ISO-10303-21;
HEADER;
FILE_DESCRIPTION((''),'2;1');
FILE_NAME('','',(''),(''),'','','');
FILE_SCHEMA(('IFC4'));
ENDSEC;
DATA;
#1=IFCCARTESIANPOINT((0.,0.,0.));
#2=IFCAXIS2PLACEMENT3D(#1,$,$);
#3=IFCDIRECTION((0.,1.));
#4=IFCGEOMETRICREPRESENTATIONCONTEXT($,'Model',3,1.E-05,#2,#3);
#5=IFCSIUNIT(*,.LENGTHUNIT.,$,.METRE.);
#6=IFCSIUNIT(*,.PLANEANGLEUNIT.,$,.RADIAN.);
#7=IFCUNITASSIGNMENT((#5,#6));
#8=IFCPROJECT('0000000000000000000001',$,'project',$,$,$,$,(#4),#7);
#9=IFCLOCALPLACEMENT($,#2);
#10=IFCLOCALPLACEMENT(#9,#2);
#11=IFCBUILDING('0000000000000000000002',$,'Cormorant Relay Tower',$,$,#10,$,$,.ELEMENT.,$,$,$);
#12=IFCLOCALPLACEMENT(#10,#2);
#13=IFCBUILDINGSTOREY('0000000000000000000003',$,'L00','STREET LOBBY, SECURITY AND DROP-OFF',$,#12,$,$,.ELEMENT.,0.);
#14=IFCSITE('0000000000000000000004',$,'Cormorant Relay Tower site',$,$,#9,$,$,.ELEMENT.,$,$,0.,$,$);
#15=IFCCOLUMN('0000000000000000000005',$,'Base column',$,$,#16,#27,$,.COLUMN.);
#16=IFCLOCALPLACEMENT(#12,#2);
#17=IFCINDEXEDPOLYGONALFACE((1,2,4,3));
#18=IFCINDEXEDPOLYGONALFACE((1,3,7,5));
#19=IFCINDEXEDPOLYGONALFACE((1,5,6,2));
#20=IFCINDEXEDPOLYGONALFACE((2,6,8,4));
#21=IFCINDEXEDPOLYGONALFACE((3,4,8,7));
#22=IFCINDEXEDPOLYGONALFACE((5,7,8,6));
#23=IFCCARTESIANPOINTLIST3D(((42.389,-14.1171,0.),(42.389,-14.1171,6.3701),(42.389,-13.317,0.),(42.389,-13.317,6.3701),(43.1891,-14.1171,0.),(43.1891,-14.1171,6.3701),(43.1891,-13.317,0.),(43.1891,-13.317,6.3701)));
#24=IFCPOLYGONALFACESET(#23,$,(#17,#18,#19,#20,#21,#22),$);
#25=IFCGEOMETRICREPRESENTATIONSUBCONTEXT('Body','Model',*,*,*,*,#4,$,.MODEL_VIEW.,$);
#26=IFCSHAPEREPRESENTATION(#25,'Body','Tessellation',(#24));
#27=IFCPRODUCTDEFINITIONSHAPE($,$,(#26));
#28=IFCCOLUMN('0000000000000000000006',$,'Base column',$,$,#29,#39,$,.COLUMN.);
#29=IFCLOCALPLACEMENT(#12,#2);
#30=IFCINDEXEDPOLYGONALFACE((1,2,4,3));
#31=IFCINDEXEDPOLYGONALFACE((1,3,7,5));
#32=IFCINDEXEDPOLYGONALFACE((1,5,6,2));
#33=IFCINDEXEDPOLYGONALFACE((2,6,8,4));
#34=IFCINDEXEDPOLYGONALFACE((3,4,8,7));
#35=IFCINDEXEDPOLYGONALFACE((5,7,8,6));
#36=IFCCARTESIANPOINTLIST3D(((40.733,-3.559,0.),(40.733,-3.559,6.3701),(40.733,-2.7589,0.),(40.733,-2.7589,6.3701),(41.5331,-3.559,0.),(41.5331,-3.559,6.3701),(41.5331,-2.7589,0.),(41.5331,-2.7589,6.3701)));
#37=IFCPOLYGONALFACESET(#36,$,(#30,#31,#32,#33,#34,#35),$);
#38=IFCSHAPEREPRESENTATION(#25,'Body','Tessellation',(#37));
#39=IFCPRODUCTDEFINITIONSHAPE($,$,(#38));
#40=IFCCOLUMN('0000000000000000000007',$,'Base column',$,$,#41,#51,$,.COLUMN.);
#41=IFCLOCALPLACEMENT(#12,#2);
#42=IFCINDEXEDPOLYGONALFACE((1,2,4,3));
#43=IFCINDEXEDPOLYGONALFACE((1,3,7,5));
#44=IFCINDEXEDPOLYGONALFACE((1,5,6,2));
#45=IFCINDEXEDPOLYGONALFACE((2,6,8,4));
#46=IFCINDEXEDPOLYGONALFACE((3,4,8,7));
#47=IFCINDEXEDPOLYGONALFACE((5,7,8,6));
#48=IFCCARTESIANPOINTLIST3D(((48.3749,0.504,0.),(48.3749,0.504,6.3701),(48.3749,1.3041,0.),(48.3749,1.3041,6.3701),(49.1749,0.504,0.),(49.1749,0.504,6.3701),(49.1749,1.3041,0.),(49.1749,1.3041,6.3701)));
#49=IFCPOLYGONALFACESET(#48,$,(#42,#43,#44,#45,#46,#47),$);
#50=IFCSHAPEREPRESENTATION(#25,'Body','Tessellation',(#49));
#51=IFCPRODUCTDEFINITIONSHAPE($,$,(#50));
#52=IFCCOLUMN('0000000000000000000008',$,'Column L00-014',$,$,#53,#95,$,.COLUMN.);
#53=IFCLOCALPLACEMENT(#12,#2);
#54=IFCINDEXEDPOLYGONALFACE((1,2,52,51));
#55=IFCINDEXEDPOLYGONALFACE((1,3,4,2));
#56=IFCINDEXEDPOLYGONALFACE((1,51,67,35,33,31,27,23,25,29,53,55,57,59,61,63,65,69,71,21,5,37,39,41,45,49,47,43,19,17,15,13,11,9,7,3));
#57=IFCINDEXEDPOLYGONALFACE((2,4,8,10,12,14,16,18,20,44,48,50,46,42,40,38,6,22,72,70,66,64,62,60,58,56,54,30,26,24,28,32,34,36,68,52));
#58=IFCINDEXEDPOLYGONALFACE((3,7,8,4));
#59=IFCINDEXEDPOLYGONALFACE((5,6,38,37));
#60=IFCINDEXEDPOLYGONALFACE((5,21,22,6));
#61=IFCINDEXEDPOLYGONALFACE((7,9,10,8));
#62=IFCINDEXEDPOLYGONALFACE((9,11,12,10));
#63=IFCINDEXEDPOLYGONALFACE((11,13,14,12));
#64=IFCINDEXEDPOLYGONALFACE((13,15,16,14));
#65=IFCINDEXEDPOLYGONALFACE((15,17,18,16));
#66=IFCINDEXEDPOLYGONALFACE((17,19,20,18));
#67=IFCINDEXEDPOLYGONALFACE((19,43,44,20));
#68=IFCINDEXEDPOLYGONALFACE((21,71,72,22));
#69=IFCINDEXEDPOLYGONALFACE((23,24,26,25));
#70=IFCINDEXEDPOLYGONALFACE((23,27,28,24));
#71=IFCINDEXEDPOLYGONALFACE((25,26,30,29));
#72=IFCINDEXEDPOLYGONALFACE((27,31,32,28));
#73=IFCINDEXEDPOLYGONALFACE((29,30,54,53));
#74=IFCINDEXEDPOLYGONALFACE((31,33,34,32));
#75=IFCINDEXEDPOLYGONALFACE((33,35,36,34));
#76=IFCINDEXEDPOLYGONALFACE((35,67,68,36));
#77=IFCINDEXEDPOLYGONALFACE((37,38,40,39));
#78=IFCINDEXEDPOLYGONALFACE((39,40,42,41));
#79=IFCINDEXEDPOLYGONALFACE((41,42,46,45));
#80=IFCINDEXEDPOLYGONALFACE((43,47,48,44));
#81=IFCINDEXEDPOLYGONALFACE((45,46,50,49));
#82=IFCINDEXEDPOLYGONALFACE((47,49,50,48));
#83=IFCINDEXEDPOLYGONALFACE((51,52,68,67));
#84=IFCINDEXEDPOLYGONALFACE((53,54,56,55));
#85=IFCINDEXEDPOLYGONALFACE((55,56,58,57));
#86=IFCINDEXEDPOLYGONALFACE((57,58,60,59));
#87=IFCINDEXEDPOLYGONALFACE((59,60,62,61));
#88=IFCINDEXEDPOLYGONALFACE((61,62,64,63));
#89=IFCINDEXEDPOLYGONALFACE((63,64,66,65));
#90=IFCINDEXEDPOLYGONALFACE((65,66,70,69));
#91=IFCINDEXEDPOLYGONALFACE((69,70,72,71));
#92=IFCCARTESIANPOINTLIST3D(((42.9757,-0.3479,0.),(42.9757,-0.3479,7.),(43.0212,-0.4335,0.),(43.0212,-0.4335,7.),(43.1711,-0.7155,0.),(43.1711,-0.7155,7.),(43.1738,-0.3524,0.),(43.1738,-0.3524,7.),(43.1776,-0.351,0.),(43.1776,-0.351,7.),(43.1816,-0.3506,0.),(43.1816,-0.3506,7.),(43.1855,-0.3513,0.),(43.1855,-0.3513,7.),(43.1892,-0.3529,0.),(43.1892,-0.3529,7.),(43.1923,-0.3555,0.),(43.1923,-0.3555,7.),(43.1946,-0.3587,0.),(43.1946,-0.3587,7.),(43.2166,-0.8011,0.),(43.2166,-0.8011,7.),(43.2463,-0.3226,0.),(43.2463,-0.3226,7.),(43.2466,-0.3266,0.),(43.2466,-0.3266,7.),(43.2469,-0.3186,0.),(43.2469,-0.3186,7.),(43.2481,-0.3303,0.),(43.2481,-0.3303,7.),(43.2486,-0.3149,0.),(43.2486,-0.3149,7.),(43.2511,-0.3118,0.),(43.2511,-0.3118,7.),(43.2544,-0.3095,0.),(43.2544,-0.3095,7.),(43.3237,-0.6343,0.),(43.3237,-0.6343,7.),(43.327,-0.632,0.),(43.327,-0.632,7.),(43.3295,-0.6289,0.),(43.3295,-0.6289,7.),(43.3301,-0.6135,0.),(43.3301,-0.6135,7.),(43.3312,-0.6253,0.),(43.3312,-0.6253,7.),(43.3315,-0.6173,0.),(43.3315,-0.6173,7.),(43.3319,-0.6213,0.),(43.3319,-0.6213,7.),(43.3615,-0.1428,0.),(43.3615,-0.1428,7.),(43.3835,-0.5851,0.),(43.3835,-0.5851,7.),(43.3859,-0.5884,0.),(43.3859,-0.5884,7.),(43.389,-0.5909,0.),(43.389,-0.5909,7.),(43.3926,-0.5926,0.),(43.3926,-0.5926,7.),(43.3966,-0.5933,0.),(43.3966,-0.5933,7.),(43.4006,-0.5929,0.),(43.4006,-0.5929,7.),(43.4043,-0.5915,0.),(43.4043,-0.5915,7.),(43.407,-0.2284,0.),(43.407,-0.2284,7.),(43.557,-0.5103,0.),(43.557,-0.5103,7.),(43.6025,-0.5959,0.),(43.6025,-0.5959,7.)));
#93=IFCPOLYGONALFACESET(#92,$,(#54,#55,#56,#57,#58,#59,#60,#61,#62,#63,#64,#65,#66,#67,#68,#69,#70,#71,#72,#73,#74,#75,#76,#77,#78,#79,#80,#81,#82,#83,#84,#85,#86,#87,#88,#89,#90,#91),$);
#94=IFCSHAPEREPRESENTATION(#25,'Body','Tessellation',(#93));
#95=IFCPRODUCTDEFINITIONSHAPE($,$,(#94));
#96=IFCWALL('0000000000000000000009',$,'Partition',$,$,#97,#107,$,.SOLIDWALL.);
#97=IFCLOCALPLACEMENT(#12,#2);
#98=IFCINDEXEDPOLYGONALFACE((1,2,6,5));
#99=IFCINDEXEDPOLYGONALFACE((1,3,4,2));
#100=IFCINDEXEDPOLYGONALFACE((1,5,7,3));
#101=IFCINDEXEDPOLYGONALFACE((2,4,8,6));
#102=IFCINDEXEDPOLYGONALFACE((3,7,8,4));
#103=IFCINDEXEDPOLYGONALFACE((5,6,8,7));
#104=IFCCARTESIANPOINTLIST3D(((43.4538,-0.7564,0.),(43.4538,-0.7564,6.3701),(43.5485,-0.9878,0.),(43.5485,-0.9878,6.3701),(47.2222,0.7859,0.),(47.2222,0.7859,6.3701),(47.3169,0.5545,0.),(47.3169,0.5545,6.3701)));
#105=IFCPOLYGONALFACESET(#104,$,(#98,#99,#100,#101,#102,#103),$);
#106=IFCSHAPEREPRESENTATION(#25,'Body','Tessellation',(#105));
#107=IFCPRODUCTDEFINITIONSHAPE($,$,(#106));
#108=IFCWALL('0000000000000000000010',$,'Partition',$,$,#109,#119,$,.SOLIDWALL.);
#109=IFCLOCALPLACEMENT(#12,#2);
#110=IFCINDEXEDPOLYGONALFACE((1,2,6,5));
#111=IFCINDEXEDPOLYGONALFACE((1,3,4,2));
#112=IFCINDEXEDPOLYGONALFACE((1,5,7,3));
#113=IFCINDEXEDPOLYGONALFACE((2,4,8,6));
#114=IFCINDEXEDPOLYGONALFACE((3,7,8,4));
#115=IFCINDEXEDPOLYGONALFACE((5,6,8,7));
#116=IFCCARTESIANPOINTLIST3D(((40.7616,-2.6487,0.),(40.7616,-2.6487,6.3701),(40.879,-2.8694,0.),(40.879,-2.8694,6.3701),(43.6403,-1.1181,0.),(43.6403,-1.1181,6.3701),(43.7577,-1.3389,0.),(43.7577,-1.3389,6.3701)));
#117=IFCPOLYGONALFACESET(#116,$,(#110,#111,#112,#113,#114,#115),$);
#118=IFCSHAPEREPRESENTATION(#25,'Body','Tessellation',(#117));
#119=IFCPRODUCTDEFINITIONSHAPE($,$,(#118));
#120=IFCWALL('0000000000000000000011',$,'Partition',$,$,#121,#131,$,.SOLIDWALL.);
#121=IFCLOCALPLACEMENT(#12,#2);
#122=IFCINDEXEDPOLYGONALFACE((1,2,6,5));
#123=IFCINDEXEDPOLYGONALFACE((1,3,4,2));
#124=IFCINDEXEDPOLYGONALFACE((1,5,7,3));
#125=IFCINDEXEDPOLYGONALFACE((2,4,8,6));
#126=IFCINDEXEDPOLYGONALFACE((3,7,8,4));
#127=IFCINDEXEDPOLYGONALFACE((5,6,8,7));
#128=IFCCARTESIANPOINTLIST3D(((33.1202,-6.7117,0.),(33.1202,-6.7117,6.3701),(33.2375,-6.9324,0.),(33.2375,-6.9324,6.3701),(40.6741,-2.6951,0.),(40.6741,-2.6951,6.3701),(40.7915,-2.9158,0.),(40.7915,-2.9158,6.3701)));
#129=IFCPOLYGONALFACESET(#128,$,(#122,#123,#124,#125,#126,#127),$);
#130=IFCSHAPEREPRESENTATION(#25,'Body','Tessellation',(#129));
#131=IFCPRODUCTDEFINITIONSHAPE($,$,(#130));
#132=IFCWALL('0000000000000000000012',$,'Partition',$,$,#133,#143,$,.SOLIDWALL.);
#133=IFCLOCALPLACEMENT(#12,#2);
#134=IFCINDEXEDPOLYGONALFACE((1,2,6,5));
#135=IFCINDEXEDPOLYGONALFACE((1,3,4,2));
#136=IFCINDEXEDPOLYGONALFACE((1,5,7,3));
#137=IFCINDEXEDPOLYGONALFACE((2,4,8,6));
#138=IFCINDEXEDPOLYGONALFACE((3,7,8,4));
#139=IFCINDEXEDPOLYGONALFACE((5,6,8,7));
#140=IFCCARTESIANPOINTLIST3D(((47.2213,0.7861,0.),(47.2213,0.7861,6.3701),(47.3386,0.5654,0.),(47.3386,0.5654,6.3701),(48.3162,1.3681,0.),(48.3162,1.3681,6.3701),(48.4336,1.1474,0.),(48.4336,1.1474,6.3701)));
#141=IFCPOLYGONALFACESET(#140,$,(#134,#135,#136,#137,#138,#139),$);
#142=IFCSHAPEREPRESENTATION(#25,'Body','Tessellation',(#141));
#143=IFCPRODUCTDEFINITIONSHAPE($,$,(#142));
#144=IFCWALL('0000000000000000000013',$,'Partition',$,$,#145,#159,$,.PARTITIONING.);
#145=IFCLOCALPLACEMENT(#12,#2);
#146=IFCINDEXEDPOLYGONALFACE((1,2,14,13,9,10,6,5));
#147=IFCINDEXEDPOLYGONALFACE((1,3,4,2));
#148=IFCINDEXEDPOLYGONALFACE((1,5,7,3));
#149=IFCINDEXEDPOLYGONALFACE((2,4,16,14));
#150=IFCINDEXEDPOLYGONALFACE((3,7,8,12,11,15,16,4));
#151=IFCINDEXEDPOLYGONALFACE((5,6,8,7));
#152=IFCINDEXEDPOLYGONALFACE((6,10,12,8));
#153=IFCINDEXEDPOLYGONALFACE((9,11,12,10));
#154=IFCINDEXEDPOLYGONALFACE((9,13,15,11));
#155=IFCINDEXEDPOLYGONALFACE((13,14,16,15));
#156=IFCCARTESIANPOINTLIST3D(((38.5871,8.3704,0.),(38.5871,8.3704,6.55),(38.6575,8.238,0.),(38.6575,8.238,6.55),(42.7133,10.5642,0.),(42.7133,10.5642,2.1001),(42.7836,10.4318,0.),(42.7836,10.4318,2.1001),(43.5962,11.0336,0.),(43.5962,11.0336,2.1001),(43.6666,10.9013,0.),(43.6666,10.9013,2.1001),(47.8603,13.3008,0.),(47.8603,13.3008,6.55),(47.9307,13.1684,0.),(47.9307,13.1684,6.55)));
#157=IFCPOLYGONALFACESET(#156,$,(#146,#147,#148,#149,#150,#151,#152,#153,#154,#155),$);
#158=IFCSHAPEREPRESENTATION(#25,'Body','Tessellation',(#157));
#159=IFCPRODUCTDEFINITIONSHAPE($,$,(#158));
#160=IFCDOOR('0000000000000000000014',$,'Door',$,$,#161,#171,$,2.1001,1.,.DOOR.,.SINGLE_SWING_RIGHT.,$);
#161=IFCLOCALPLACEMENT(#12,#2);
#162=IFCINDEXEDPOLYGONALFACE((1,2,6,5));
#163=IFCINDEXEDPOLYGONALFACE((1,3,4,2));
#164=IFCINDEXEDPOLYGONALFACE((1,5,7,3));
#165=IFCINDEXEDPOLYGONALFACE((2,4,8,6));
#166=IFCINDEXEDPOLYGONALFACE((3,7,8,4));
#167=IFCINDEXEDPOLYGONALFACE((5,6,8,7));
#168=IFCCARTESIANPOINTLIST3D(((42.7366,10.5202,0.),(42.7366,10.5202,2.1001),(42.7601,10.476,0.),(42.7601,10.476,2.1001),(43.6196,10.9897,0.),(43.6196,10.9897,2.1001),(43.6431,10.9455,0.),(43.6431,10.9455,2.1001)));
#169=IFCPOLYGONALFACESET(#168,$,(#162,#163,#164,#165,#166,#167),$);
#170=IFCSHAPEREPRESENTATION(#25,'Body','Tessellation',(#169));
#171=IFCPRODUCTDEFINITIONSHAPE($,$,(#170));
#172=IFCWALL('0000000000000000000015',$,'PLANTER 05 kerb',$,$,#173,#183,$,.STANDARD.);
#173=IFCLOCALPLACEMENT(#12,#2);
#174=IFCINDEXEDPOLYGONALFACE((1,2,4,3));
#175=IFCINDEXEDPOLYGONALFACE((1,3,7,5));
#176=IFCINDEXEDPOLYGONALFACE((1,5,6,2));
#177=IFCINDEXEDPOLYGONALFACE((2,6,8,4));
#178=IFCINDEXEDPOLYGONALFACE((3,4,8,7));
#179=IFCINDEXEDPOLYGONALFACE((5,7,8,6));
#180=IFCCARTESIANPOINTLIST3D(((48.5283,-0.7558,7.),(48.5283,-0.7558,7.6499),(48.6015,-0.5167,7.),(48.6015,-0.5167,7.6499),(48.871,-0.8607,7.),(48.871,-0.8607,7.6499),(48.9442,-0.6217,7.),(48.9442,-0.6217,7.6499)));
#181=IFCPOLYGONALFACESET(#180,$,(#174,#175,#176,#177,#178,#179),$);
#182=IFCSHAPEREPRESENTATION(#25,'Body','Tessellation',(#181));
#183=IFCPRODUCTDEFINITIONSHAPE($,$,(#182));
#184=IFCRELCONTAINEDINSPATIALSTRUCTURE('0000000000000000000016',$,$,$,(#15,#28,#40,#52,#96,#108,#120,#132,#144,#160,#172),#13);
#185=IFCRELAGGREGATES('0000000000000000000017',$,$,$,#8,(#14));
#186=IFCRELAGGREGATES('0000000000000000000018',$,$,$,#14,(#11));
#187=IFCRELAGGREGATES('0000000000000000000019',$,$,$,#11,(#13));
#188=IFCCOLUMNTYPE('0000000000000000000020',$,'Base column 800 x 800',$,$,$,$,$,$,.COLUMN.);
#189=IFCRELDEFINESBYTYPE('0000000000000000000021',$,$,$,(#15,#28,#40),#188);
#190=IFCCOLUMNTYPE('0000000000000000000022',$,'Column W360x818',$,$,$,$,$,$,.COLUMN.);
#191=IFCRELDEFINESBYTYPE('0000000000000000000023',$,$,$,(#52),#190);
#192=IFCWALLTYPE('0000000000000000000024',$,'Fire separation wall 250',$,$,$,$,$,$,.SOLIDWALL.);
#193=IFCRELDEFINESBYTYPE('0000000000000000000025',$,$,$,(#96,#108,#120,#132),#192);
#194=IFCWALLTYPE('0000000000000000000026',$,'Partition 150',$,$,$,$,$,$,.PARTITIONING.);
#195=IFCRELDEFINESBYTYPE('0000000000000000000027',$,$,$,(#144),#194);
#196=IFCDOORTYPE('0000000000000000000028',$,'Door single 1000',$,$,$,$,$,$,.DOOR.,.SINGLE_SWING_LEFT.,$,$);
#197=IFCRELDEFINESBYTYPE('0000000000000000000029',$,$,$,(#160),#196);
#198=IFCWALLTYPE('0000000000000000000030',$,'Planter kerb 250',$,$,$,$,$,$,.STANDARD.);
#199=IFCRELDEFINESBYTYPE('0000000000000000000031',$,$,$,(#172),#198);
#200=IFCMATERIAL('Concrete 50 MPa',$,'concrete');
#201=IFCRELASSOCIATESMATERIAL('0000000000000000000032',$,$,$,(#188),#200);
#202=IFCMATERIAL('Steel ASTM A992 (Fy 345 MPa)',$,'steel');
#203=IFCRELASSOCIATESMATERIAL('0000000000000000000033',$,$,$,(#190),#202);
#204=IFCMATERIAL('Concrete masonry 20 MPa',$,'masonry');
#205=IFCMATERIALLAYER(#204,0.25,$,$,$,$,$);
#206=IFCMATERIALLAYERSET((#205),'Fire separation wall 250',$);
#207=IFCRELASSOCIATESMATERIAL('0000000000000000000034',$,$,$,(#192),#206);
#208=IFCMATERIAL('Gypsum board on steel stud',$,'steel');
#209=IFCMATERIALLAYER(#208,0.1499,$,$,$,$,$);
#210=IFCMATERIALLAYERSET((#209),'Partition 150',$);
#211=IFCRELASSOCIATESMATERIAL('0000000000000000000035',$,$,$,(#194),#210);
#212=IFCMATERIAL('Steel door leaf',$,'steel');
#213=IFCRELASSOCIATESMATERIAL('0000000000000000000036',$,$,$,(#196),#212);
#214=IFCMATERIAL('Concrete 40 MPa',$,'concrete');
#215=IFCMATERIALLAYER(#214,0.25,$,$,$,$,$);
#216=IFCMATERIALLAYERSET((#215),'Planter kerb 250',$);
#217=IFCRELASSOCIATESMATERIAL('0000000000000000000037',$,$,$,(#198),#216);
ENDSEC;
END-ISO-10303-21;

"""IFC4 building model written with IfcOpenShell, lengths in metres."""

from ifc_helpers import new_model, si_unit, direction, frame, frame_2d, origin, origin_2d, place, context, subcontext, project, spatial, rectangle, i_section, extrude, material, layer, layer_set, material_profile, profile_set, type_object, element, fill, save


model = new_model("IFC4")

# Units and contexts
model_context = context("Model", 3, precision=1e-05, world=origin(), true_north=direction((0.0, 1.0)))
body_context = subcontext(model_context, "Body", "Model", "MODEL_VIEW")
ifc_project = project(units=[si_unit("LENGTHUNIT", "METRE"), si_unit("PLANEANGLEUNIT", "RADIAN")], contexts=[model_context])

# Site, building, storey
site_placement = place(None, origin())
site = spatial("IfcSite", under=ifc_project, at=site_placement, Name="Cormorant Relay Tower site", CompositionType="ELEMENT", RefElevation=0.0)
building_placement = place(site_placement, origin())
building = spatial("IfcBuilding", under=site, at=building_placement, Name="Cormorant Relay Tower", CompositionType="ELEMENT")
storey_placement = place(building_placement, origin())
storey = spatial("IfcBuildingStorey", under=building, at=storey_placement, Name="L00", Description="STREET LOBBY, SECURITY AND DROP-OFF", CompositionType="ELEMENT", Elevation=0.0)

# Columns
ifc_material_1 = material(Name="Concrete 50 MPa", Category="concrete")
ifc_material_profile_1 = material_profile(ifc_material_1, rectangle(XDim=0.8, YDim=0.8, at=origin_2d()), Name="RC 800x800")
ifc_profile_set_1 = profile_set([ifc_material_profile_1], Name="Concrete 50 MPa")
column_type_1 = type_object("IfcColumnType", Name="Base column 800 x 800", PredefinedType="COLUMN", material=ifc_profile_set_1)
for number, where, z_axis, x_axis, name in (
    (1, (42.7891, -13.717, 0.0), (0.0, 0.0, 1.0), (1.0, 0.0, 0.0), "Base column"),
    (2, (41.1331, -3.1589, 0.0), (0.0, 0.0, 1.0), (1.0, 0.0, 0.0), "Base column"),
    (3, (48.7749, 0.9041, 0.0), (0.0, 0.0, 1.0), (1.0, 0.0, 0.0), "Base column"),
):
    element("IfcColumn", number, at=place(storey_placement, frame(where, z_axis=z_axis, x_axis=x_axis)), inside=storey, type_object=column_type_1, Name=name, PredefinedType="COLUMN", context=body_context, shape_type="SweptSolid", body=[
        extrude(rectangle(XDim=0.8, YDim=0.8, at=origin_2d()), origin(), (0.0, 0.0, 1.0), 6.3701),
    ])
ifc_material_2 = material(Name="Steel ASTM A992 (Fy 345 MPa)", Category="steel")
ifc_material_profile_2 = material_profile(ifc_material_2, i_section(OverallWidth=0.437, OverallDepth=0.5132, WebThickness=0.0605, FlangeThickness=0.0969, FilletRadius=0.0154, at=origin_2d()), Name="W360x818")
ifc_profile_set_2 = profile_set([ifc_material_profile_2], Name="Steel ASTM A992 (Fy 345 MPa)")
column_type_2 = type_object("IfcColumnType", Name="Column W360x818", PredefinedType="COLUMN", material=ifc_profile_set_2)
column_placement = place(storey_placement, frame((43.2891, -0.4719, 0.0), z_axis=(0.0, 0.0, 1.0), x_axis=(0.882948, 0.469472, 0.0)))
element("IfcColumn", 4, at=column_placement, inside=storey, type_object=column_type_2, Name="Column L00-014", PredefinedType="COLUMN", context=body_context, shape_type="SweptSolid", body=[
    extrude(i_section(OverallWidth=0.437, OverallDepth=0.5132, WebThickness=0.0605, FlangeThickness=0.0969, FilletRadius=0.0154, at=origin_2d()), origin(), (0.0, 0.0, 1.0), 7.0),
])

# Walls
ifc_material_3 = material(Name="Concrete masonry 20 MPa", Category="masonry")
ifc_layer_1 = layer(ifc_material_3, 0.25)
ifc_layer_set_1 = layer_set([ifc_layer_1], Name="Fire separation wall 250")
wall_type_1 = type_object("IfcWallType", Name="Fire separation wall 250", PredefinedType="SOLIDWALL", material=ifc_layer_set_1)
wall_1_placement = place(storey_placement, frame((47.2695, 0.6702, 0.0), z_axis=(0.0, 0.0, 1.0), x_axis=(-0.925491, -0.378771, 0.0)))
element("IfcWall", 5, at=wall_1_placement, inside=storey, type_object=wall_type_1, Name="Partition", PredefinedType="SOLIDWALL", context=body_context, shape_type="SweptSolid", body=[
    extrude(rectangle(XDim=4.0718, YDim=0.25, at=frame_2d((2.0359, 0.0))), origin(), (0.0, 0.0, 1.0), 6.3701),
])
wall_2_placement = place(storey_placement, frame((43.699, -1.2285, 0.0), z_axis=(0.0, 0.0, 1.0), x_axis=(-0.88296, -0.469449, 0.0)))
element("IfcWall", 6, at=wall_2_placement, inside=storey, type_object=wall_type_1, Name="Partition", PredefinedType="SOLIDWALL", context=body_context, shape_type="SweptSolid", body=[
    extrude(rectangle(XDim=3.2603, YDim=0.25, at=frame_2d((1.6301, 0.0))), origin(), (0.0, 0.0, 1.0), 6.3701),
])
wall_3_placement = place(storey_placement, frame((40.7329, -2.8054, 0.0), z_axis=(0.0, 0.0, 1.0), x_axis=(-0.882943, -0.46948, 0.0)))
element("IfcWall", 7, at=wall_3_placement, inside=storey, type_object=wall_type_1, Name="Partition", PredefinedType="SOLIDWALL", context=body_context, shape_type="SweptSolid", body=[
    extrude(rectangle(XDim=8.5554, YDim=0.25, at=frame_2d((4.2778, 0.0))), origin(), (0.0, 0.0, 1.0), 6.3701),
])
wall_4_placement = place(storey_placement, frame((48.375, 1.2578, 0.0), z_axis=(0.0, 0.0, 1.0), x_axis=(-0.883006, -0.469362, 0.0)))
element("IfcWall", 8, at=wall_4_placement, inside=storey, type_object=wall_type_1, Name="Partition", PredefinedType="SOLIDWALL", context=body_context, shape_type="SweptSolid", body=[
    extrude(rectangle(XDim=1.24, YDim=0.25, at=frame_2d((0.6201, 0.0))), origin(), (0.0, 0.0, 1.0), 6.3701),
])

# Wall, opening, door
ifc_material_4 = material(Name="Gypsum board on steel stud", Category="steel")
ifc_layer_2 = layer(ifc_material_4, 0.1499)
ifc_layer_set_2 = layer_set([ifc_layer_2], Name="Partition 150")
wall_type_2 = type_object("IfcWallType", Name="Partition 150", PredefinedType="PARTITIONING", material=ifc_layer_set_2)
wall_5_placement = place(storey_placement, frame((38.6223, 8.3042, 0.0), z_axis=(0.0, 0.0, 1.0), x_axis=(0.882956, 0.469455, 0.0)))
wall_5 = element("IfcWall", 9, at=wall_5_placement, inside=storey, type_object=wall_type_2, Name="Partition", PredefinedType="PARTITIONING", context=body_context, shape_type="SweptSolid", body=[
    extrude(rectangle(XDim=10.5024, YDim=0.1499, at=frame_2d((5.2512, 0.0))), origin(), (0.0, 0.0, 1.0), 6.55),
])
opening_placement = place(wall_5_placement, frame((4.6731, 0.0, 0.0)))
opening = element("IfcOpeningElement", 10, at=opening_placement, cuts=wall_5, PredefinedType="OPENING", context=body_context, shape_type="SweptSolid", body=[
    extrude(rectangle(XDim=1.0, YDim=2.1001, at=frame_2d((0.5, 1.05))), frame((0.0, 0.085, 0.0), z_axis=(0.0, -1.0, 0.0), x_axis=(1.0, 0.0, 0.0)), (0.0, 0.0, 1.0), 0.1699),
])
ifc_material_5 = material(Name="Steel door leaf", Category="steel")
door_type = type_object("IfcDoorType", Name="Door single 1000", OperationType="SINGLE_SWING_LEFT", PredefinedType="DOOR", material=ifc_material_5)
door_placement = place(opening_placement, frame((1.0, 0.0, 0.0), z_axis=(0.0, 0.0, 1.0), x_axis=(-1.0, 0.0, 0.0)))
door = element("IfcDoor", 11, at=door_placement, inside=storey, type_object=door_type, Name="Door", OperationType="SINGLE_SWING_RIGHT", OverallHeight=2.1001, OverallWidth=1.0, PredefinedType="DOOR", context=body_context, shape_type="SweptSolid", body=[
    extrude(rectangle(XDim=1.0, YDim=2.1001, at=frame_2d((0.5, 1.05))), frame((0.0, 0.0249, 0.0), z_axis=(0.0, -1.0, 0.0), x_axis=(1.0, 0.0, 0.0)), (0.0, 0.0, 1.0), 0.05),
])
fill(opening, door)

# Wall
ifc_material_6 = material(Name="Concrete 40 MPa", Category="concrete")
ifc_layer_3 = layer(ifc_material_6, 0.25)
ifc_layer_set_3 = layer_set([ifc_layer_3], Name="Planter kerb 250")
wall_type_3 = type_object("IfcWallType", Name="Planter kerb 250", PredefinedType="STANDARD", material=ifc_layer_set_3)
wall_6_placement = place(storey_placement, frame((48.5649, -0.6362, 7.0), z_axis=(0.0, 0.0, 1.0), x_axis=(0.956161, -0.292841, 0.0)))
element("IfcWall", 12, at=wall_6_placement, inside=storey, type_object=wall_type_3, Name="PLANTER 05 kerb", PredefinedType="STANDARD", context=body_context, shape_type="SweptSolid", body=[
    extrude(rectangle(XDim=0.3584, YDim=0.25, at=frame_2d((0.1792, 0.0))), origin(), (0.0, 0.0, 1.0), 0.6499),
])

save(model, "model.ifc")
